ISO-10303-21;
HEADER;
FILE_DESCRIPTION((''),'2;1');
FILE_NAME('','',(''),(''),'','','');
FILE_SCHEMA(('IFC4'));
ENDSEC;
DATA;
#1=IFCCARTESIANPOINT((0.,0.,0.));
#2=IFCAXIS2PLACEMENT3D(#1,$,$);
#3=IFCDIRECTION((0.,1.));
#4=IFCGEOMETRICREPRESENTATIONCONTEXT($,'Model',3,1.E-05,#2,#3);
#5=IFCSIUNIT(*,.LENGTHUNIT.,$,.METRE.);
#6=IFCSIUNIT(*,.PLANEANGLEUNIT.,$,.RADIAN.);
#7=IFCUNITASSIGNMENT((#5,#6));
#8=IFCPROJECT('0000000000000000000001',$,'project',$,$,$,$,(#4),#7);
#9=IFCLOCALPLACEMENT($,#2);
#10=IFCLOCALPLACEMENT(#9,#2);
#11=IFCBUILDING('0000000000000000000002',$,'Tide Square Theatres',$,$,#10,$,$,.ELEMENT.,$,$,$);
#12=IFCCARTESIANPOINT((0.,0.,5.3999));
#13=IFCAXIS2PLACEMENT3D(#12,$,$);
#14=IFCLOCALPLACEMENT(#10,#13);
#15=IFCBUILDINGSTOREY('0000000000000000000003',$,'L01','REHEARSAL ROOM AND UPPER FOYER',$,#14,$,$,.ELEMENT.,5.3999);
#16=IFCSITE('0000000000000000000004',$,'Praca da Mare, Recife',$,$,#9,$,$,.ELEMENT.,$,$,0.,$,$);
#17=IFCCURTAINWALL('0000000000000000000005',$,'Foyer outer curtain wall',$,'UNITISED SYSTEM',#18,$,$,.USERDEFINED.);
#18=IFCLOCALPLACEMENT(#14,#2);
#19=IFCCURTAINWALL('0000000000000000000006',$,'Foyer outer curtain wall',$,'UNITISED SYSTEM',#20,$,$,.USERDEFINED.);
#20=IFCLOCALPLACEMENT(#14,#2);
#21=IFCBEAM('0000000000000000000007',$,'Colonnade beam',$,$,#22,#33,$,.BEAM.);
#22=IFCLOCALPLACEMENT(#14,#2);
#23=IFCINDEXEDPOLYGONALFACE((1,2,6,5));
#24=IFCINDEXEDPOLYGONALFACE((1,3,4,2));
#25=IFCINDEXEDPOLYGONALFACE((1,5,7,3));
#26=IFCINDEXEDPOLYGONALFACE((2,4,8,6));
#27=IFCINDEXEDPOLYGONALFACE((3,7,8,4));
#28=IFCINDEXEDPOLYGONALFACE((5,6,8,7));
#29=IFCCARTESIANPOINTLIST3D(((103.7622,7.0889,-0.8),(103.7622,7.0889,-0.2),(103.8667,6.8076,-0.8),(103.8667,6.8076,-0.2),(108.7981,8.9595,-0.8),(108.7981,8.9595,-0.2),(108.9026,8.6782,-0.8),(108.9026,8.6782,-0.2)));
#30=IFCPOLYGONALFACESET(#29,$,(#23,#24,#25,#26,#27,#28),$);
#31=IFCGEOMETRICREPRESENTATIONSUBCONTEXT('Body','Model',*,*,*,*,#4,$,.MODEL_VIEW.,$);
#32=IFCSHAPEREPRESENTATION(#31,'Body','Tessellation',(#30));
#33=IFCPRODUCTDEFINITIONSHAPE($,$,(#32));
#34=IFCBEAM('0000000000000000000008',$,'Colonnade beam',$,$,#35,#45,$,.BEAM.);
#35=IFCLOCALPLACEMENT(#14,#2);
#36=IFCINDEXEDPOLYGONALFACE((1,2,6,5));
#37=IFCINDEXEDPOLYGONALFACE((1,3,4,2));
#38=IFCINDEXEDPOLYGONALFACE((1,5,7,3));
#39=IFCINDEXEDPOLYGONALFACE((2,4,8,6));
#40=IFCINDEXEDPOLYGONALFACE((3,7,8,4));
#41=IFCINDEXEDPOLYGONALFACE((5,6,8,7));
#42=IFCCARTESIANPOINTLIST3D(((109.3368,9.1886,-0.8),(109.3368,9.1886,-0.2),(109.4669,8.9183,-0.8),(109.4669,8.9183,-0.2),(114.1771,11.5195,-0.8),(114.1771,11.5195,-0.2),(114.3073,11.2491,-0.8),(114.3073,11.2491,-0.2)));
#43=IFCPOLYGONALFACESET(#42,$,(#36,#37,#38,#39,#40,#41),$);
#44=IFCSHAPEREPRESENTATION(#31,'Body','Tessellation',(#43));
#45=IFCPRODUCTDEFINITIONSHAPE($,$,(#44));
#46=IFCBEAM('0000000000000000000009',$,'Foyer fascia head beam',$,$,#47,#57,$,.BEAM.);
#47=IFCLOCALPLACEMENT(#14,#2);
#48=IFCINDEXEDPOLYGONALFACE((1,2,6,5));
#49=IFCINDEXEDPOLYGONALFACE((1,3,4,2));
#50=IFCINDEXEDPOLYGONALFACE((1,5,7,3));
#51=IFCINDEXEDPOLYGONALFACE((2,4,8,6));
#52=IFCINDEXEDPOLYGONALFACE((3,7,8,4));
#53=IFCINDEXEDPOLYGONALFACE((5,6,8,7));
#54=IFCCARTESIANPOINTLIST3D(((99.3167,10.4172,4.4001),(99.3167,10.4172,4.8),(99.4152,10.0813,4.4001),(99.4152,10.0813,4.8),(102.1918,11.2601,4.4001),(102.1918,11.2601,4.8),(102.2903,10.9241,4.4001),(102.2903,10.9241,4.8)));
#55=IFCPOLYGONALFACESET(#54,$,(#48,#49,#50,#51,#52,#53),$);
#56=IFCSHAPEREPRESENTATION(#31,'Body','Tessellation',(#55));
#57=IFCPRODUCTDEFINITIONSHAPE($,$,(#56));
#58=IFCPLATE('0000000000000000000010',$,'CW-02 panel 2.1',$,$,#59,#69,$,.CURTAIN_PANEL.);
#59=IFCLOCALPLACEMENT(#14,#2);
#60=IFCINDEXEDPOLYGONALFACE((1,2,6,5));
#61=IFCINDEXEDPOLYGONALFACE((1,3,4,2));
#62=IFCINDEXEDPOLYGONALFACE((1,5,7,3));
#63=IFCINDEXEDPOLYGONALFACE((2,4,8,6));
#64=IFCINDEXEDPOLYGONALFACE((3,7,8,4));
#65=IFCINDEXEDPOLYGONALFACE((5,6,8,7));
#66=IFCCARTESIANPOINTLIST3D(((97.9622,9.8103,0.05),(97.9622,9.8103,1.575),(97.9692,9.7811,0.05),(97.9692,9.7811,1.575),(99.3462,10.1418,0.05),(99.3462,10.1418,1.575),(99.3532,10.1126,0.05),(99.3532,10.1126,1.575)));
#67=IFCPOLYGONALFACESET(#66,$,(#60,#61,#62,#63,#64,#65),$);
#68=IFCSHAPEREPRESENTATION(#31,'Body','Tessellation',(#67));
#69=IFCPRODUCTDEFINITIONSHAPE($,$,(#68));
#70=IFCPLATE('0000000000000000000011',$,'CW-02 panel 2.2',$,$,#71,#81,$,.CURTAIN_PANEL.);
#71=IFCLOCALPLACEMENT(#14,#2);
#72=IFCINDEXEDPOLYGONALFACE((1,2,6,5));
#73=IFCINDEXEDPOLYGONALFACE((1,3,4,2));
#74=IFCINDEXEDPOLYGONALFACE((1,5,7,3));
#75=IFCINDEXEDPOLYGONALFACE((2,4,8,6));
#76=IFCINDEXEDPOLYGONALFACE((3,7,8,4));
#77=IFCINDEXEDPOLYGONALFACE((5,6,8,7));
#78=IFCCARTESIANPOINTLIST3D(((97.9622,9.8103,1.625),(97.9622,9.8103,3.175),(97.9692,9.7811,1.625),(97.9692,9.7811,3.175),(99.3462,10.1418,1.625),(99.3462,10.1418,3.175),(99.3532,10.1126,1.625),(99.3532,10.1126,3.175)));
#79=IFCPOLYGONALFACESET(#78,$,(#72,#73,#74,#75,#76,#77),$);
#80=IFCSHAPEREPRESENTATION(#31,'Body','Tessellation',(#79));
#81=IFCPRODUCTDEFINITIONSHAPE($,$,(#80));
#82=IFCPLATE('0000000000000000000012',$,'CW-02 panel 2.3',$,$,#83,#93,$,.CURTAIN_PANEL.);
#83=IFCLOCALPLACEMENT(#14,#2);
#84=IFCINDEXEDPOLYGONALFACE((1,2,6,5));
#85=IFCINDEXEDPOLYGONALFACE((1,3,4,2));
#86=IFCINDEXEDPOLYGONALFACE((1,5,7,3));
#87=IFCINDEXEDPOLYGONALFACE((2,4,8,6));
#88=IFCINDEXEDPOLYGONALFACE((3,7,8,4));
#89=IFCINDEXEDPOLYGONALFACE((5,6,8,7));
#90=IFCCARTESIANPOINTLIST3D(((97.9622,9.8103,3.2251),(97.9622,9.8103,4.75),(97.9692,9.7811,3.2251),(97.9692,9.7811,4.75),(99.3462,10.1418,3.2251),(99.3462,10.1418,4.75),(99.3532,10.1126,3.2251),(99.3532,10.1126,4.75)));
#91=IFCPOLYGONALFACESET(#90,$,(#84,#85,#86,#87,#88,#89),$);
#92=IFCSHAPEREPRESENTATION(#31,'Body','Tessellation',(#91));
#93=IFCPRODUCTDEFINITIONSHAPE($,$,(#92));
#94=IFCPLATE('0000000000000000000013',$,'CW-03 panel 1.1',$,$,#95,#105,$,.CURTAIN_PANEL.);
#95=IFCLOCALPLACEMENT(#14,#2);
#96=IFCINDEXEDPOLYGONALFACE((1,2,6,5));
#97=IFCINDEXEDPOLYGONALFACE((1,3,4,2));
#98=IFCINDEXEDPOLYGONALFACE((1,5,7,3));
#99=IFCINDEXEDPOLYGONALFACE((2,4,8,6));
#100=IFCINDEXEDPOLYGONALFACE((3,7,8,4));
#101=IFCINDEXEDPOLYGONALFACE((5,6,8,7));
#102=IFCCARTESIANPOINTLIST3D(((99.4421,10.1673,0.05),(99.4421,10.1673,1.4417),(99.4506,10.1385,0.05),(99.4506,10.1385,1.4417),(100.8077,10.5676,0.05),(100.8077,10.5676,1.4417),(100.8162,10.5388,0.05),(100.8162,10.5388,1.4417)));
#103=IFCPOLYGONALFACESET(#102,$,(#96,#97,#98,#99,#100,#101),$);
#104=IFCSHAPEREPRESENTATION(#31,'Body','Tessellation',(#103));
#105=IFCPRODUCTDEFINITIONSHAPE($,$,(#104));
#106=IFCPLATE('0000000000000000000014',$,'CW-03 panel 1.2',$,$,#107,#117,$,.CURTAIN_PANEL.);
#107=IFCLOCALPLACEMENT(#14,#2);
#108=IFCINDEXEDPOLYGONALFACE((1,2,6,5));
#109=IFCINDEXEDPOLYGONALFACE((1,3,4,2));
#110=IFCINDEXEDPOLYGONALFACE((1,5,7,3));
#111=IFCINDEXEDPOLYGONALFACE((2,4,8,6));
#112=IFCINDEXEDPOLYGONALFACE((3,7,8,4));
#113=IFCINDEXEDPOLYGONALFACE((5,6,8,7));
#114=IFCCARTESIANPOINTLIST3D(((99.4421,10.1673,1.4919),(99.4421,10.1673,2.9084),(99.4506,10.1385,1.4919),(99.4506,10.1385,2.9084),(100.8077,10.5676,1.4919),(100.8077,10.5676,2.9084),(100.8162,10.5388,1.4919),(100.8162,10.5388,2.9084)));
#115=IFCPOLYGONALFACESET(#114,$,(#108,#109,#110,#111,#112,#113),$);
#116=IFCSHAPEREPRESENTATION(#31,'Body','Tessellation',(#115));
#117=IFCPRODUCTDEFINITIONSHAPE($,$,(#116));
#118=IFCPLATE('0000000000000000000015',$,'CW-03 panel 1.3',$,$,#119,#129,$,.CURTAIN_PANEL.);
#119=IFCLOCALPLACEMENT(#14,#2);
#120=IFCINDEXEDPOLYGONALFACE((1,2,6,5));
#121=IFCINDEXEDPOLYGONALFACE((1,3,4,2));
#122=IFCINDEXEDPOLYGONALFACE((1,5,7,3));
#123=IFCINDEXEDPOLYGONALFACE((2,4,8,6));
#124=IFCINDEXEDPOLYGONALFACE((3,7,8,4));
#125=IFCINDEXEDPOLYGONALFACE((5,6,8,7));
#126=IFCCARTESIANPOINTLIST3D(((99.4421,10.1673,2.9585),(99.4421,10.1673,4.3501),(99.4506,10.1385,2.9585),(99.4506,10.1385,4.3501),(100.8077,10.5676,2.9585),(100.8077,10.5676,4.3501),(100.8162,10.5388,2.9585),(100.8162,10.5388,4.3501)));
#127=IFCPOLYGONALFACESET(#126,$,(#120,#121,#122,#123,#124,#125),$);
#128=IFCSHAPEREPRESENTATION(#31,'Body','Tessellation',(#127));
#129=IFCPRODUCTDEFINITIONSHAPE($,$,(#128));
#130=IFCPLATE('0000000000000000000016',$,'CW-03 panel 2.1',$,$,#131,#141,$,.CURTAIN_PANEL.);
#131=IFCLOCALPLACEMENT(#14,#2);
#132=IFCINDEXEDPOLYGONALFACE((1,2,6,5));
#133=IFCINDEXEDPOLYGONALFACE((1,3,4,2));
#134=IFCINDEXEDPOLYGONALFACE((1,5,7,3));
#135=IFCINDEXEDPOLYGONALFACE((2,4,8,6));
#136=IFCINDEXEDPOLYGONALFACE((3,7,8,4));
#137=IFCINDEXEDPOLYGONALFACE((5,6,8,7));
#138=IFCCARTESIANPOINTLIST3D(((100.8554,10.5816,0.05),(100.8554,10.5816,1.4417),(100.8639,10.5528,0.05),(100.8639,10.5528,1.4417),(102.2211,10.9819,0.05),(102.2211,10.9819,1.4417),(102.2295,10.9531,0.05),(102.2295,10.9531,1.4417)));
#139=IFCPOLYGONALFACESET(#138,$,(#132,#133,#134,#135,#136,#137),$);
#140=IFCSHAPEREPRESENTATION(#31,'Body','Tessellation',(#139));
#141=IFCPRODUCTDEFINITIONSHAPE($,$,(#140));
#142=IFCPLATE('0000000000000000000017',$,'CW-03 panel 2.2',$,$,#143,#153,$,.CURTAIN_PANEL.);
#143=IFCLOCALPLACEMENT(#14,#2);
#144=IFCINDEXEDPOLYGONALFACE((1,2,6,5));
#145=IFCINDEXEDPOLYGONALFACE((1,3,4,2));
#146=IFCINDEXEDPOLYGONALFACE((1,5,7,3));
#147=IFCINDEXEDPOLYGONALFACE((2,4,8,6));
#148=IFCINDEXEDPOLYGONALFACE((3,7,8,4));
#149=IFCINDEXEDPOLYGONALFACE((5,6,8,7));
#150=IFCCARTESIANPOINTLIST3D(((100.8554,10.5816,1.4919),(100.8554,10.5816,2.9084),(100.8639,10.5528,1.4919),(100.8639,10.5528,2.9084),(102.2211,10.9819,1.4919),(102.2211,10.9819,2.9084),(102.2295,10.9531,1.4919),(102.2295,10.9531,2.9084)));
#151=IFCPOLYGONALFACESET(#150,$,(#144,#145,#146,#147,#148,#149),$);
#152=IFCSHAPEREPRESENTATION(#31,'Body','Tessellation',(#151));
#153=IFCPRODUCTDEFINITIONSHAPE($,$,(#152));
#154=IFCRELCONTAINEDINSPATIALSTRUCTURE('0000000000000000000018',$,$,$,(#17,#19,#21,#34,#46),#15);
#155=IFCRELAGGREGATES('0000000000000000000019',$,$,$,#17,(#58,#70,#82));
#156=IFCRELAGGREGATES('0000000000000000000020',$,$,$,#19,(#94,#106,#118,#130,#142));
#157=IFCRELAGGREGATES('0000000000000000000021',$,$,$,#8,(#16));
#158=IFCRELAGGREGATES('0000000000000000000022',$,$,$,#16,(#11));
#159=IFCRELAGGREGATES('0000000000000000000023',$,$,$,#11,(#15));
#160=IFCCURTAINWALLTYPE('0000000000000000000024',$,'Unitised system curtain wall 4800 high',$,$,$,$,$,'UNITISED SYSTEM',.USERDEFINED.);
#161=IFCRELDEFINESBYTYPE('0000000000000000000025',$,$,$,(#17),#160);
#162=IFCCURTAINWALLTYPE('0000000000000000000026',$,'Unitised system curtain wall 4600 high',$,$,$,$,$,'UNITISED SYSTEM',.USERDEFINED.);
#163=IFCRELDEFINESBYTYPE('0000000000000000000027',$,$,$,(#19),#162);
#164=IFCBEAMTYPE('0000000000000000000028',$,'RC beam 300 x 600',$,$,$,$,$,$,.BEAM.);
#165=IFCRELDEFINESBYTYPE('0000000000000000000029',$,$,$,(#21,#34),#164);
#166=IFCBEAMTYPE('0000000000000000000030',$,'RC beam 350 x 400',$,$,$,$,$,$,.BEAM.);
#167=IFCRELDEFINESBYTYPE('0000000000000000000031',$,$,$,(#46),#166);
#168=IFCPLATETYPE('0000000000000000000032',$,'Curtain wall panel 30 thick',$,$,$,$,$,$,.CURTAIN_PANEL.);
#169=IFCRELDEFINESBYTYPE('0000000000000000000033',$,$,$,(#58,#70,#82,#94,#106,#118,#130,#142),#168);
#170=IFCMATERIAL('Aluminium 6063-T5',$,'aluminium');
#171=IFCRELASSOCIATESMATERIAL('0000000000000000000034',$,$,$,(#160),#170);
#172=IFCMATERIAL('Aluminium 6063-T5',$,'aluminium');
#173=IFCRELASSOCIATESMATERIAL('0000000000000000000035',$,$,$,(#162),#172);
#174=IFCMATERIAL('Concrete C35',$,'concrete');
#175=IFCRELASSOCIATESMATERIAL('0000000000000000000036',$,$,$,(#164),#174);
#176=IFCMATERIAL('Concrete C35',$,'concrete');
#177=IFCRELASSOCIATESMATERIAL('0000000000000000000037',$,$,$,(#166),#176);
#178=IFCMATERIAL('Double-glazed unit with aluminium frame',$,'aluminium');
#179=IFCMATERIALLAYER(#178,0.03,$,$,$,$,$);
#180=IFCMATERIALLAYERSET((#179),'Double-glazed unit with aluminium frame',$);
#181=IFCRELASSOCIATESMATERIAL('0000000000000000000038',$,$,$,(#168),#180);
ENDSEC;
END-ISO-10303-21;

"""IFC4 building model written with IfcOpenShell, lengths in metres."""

from ifc_helpers import new_model, si_unit, direction, frame, origin, origin_2d, place, context, subcontext, project, spatial, rectangle, extrude, material, layer, layer_set, material_profile, profile_set, type_object, element, aggregate, save


model = new_model("IFC4")

# Units and contexts
model_context = context("Model", 3, precision=1e-05, world=origin(), true_north=direction((0.0, 1.0)))
body_context = subcontext(model_context, "Body", "Model", "MODEL_VIEW")
ifc_project = project(units=[si_unit("LENGTHUNIT", "METRE"), si_unit("PLANEANGLEUNIT", "RADIAN")], contexts=[model_context])

# Site, building, storey
site_placement = place(None, origin())
site = spatial("IfcSite", under=ifc_project, at=site_placement, Name="Praca da Mare, Recife", CompositionType="ELEMENT", RefElevation=0.0)
building_placement = place(site_placement, origin())
building = spatial("IfcBuilding", under=site, at=building_placement, Name="Tide Square Theatres", CompositionType="ELEMENT")
storey_placement = place(building_placement, frame((0.0, 0.0, 5.3999)))
storey = spatial("IfcBuildingStorey", under=building, at=storey_placement, Name="L01", Description="REHEARSAL ROOM AND UPPER FOYER", CompositionType="ELEMENT", Elevation=5.3999)

# Curtain walls
ifc_material_1 = material(Name="Aluminium 6063-T5", Category="aluminium")
curtain_wall_type_1 = type_object("IfcCurtainWallType", Name="Unitised system curtain wall 4800 high", ElementType="UNITISED SYSTEM", PredefinedType="USERDEFINED", material=ifc_material_1)
curtain_wall_1_placement = place(storey_placement, origin())
curtain_wall_1 = element("IfcCurtainWall", 1, at=curtain_wall_1_placement, inside=storey, type_object=curtain_wall_type_1, Name="Foyer outer curtain wall", ObjectType="UNITISED SYSTEM", PredefinedType="USERDEFINED")
ifc_material_2 = material(Name="Aluminium 6063-T5", Category="aluminium")
curtain_wall_type_2 = type_object("IfcCurtainWallType", Name="Unitised system curtain wall 4600 high", ElementType="UNITISED SYSTEM", PredefinedType="USERDEFINED", material=ifc_material_2)
curtain_wall_2_placement = place(storey_placement, origin())
curtain_wall_2 = element("IfcCurtainWall", 2, at=curtain_wall_2_placement, inside=storey, type_object=curtain_wall_type_2, Name="Foyer outer curtain wall", ObjectType="UNITISED SYSTEM", PredefinedType="USERDEFINED")

# Beams
ifc_material_3 = material(Name="Concrete C35", Category="concrete")
ifc_material_profile_1 = material_profile(ifc_material_3, rectangle(XDim=0.3, YDim=0.6001, at=origin_2d()))
ifc_profile_set_1 = profile_set([ifc_material_profile_1], Name="Concrete C35")
beam_type_1 = type_object("IfcBeamType", Name="RC beam 300 x 600", PredefinedType="BEAM", material=ifc_profile_set_1)
beam_1_placement = place(storey_placement, frame((103.8145, 6.9482, -0.5), z_axis=(0.937417, 0.348208, 0.0), x_axis=(-0.348208, 0.937417, 0.0)))
element("IfcBeam", 3, at=beam_1_placement, inside=storey, type_object=beam_type_1, Name="Colonnade beam", PredefinedType="BEAM", context=body_context, shape_type="SweptSolid", body=[
    extrude(rectangle(XDim=0.3, YDim=0.6001, at=origin_2d()), origin(), (0.0, 0.0, 1.0), 5.3721),
])
beam_2_placement = place(storey_placement, frame((109.4019, 9.0535, -0.5), z_axis=(0.900981, 0.433858, 0.0), x_axis=(-0.433858, 0.900981, 0.0)))
element("IfcBeam", 4, at=beam_2_placement, inside=storey, type_object=beam_type_1, Name="Colonnade beam", PredefinedType="BEAM", context=body_context, shape_type="SweptSolid", body=[
    extrude(rectangle(XDim=0.3, YDim=0.6001, at=origin_2d()), origin(), (0.0, 0.0, 1.0), 5.3723),
])
ifc_material_4 = material(Name="Concrete C35", Category="concrete")
ifc_material_profile_2 = material_profile(ifc_material_4, rectangle(XDim=0.3501, YDim=0.3999, at=origin_2d()))
ifc_profile_set_2 = profile_set([ifc_material_profile_2], Name="Concrete C35")
beam_type_2 = type_object("IfcBeamType", Name="RC beam 350 x 400", PredefinedType="BEAM", material=ifc_profile_set_2)
beam_3_placement = place(storey_placement, frame((99.366, 10.2493, 4.6001), z_axis=(0.959619, 0.281301, 0.0), x_axis=(-0.281301, 0.959619, 0.0)))
element("IfcBeam", 5, at=beam_3_placement, inside=storey, type_object=beam_type_2, Name="Foyer fascia head beam", PredefinedType="BEAM", context=body_context, shape_type="SweptSolid", body=[
    extrude(rectangle(XDim=0.3501, YDim=0.3999, at=origin_2d()), origin(), (0.0, 0.0, 1.0), 2.9961),
])

# Plates
ifc_material_5 = material(Name="Double-glazed unit with aluminium frame", Category="aluminium")
ifc_layer = layer(ifc_material_5, 0.03)
ifc_layer_set = layer_set([ifc_layer], Name="Double-glazed unit with aluminium frame")
plate_type = type_object("IfcPlateType", Name="Curtain wall panel 30 thick", PredefinedType="CURTAIN_PANEL", material=ifc_layer_set)
plate_1_placement = place(storey_placement, frame((98.6577, 9.9614, 0.05), z_axis=(0.0, 0.0, 1.0), x_axis=(0.972498, 0.232911, 0.0)))
plate_1 = element("IfcPlate", 6, at=plate_1_placement, type_object=plate_type, Name="CW-02 panel 2.1", PredefinedType="CURTAIN_PANEL", context=body_context, shape_type="SweptSolid", body=[
    extrude(rectangle(XDim=1.4231, YDim=0.03, at=origin_2d()), origin(), (0.0, 0.0, 1.0), 1.5249),
])
plate_2_placement = place(storey_placement, frame((98.6577, 9.9614, 1.625), z_axis=(0.0, 0.0, 1.0), x_axis=(0.972498, 0.232911, 0.0)))
plate_2 = element("IfcPlate", 7, at=plate_2_placement, type_object=plate_type, Name="CW-02 panel 2.2", PredefinedType="CURTAIN_PANEL", context=body_context, shape_type="SweptSolid", body=[
    extrude(rectangle(XDim=1.4231, YDim=0.03, at=origin_2d()), origin(), (0.0, 0.0, 1.0), 1.55),
])
plate_3_placement = place(storey_placement, frame((98.6577, 9.9614, 3.2251), z_axis=(0.0, 0.0, 1.0), x_axis=(0.972498, 0.232911, 0.0)))
plate_3 = element("IfcPlate", 8, at=plate_3_placement, type_object=plate_type, Name="CW-02 panel 2.3", PredefinedType="CURTAIN_PANEL", context=body_context, shape_type="SweptSolid", body=[
    extrude(rectangle(XDim=1.4231, YDim=0.03, at=origin_2d()), origin(), (0.0, 0.0, 1.0), 1.5249),
])
aggregate(curtain_wall_1, [plate_1, plate_2, plate_3])
plate_4_placement = place(storey_placement, frame((100.1292, 10.353, 0.05), z_axis=(0.0, 0.0, 1.0), x_axis=(0.959626, 0.281279, 0.0)))
plate_4 = element("IfcPlate", 9, at=plate_4_placement, type_object=plate_type, Name="CW-03 panel 1.1", PredefinedType="CURTAIN_PANEL", context=body_context, shape_type="SweptSolid", body=[
    extrude(rectangle(XDim=1.4231, YDim=0.03, at=origin_2d()), origin(), (0.0, 0.0, 1.0), 1.3916),
])
plate_5_placement = place(storey_placement, frame((100.1292, 10.353, 1.4919), z_axis=(0.0, 0.0, 1.0), x_axis=(0.959626, 0.281279, 0.0)))
plate_5 = element("IfcPlate", 10, at=plate_5_placement, type_object=plate_type, Name="CW-03 panel 1.2", PredefinedType="CURTAIN_PANEL", context=body_context, shape_type="SweptSolid", body=[
    extrude(rectangle(XDim=1.4231, YDim=0.03, at=origin_2d()), origin(), (0.0, 0.0, 1.0), 1.4165),
])
plate_6_placement = place(storey_placement, frame((100.1292, 10.353, 2.9585), z_axis=(0.0, 0.0, 1.0), x_axis=(0.959626, 0.281279, 0.0)))
plate_6 = element("IfcPlate", 11, at=plate_6_placement, type_object=plate_type, Name="CW-03 panel 1.3", PredefinedType="CURTAIN_PANEL", context=body_context, shape_type="SweptSolid", body=[
    extrude(rectangle(XDim=1.4231, YDim=0.03, at=origin_2d()), origin(), (0.0, 0.0, 1.0), 1.3916),
])
plate_7_placement = place(storey_placement, frame((101.5425, 10.7673, 0.05), z_axis=(0.0, 0.0, 1.0), x_axis=(0.959626, 0.281279, 0.0)))
plate_7 = element("IfcPlate", 12, at=plate_7_placement, type_object=plate_type, Name="CW-03 panel 2.1", PredefinedType="CURTAIN_PANEL", context=body_context, shape_type="SweptSolid", body=[
    extrude(rectangle(XDim=1.4231, YDim=0.03, at=origin_2d()), origin(), (0.0, 0.0, 1.0), 1.3916),
])
plate_8_placement = place(storey_placement, frame((101.5425, 10.7673, 1.4919), z_axis=(0.0, 0.0, 1.0), x_axis=(0.959626, 0.281279, 0.0)))
plate_8 = element("IfcPlate", 13, at=plate_8_placement, type_object=plate_type, Name="CW-03 panel 2.2", PredefinedType="CURTAIN_PANEL", context=body_context, shape_type="SweptSolid", body=[
    extrude(rectangle(XDim=1.4231, YDim=0.03, at=origin_2d()), origin(), (0.0, 0.0, 1.0), 1.4165),
])
aggregate(curtain_wall_2, [plate_4, plate_5, plate_6, plate_7, plate_8])

save(model, "model.ifc")
